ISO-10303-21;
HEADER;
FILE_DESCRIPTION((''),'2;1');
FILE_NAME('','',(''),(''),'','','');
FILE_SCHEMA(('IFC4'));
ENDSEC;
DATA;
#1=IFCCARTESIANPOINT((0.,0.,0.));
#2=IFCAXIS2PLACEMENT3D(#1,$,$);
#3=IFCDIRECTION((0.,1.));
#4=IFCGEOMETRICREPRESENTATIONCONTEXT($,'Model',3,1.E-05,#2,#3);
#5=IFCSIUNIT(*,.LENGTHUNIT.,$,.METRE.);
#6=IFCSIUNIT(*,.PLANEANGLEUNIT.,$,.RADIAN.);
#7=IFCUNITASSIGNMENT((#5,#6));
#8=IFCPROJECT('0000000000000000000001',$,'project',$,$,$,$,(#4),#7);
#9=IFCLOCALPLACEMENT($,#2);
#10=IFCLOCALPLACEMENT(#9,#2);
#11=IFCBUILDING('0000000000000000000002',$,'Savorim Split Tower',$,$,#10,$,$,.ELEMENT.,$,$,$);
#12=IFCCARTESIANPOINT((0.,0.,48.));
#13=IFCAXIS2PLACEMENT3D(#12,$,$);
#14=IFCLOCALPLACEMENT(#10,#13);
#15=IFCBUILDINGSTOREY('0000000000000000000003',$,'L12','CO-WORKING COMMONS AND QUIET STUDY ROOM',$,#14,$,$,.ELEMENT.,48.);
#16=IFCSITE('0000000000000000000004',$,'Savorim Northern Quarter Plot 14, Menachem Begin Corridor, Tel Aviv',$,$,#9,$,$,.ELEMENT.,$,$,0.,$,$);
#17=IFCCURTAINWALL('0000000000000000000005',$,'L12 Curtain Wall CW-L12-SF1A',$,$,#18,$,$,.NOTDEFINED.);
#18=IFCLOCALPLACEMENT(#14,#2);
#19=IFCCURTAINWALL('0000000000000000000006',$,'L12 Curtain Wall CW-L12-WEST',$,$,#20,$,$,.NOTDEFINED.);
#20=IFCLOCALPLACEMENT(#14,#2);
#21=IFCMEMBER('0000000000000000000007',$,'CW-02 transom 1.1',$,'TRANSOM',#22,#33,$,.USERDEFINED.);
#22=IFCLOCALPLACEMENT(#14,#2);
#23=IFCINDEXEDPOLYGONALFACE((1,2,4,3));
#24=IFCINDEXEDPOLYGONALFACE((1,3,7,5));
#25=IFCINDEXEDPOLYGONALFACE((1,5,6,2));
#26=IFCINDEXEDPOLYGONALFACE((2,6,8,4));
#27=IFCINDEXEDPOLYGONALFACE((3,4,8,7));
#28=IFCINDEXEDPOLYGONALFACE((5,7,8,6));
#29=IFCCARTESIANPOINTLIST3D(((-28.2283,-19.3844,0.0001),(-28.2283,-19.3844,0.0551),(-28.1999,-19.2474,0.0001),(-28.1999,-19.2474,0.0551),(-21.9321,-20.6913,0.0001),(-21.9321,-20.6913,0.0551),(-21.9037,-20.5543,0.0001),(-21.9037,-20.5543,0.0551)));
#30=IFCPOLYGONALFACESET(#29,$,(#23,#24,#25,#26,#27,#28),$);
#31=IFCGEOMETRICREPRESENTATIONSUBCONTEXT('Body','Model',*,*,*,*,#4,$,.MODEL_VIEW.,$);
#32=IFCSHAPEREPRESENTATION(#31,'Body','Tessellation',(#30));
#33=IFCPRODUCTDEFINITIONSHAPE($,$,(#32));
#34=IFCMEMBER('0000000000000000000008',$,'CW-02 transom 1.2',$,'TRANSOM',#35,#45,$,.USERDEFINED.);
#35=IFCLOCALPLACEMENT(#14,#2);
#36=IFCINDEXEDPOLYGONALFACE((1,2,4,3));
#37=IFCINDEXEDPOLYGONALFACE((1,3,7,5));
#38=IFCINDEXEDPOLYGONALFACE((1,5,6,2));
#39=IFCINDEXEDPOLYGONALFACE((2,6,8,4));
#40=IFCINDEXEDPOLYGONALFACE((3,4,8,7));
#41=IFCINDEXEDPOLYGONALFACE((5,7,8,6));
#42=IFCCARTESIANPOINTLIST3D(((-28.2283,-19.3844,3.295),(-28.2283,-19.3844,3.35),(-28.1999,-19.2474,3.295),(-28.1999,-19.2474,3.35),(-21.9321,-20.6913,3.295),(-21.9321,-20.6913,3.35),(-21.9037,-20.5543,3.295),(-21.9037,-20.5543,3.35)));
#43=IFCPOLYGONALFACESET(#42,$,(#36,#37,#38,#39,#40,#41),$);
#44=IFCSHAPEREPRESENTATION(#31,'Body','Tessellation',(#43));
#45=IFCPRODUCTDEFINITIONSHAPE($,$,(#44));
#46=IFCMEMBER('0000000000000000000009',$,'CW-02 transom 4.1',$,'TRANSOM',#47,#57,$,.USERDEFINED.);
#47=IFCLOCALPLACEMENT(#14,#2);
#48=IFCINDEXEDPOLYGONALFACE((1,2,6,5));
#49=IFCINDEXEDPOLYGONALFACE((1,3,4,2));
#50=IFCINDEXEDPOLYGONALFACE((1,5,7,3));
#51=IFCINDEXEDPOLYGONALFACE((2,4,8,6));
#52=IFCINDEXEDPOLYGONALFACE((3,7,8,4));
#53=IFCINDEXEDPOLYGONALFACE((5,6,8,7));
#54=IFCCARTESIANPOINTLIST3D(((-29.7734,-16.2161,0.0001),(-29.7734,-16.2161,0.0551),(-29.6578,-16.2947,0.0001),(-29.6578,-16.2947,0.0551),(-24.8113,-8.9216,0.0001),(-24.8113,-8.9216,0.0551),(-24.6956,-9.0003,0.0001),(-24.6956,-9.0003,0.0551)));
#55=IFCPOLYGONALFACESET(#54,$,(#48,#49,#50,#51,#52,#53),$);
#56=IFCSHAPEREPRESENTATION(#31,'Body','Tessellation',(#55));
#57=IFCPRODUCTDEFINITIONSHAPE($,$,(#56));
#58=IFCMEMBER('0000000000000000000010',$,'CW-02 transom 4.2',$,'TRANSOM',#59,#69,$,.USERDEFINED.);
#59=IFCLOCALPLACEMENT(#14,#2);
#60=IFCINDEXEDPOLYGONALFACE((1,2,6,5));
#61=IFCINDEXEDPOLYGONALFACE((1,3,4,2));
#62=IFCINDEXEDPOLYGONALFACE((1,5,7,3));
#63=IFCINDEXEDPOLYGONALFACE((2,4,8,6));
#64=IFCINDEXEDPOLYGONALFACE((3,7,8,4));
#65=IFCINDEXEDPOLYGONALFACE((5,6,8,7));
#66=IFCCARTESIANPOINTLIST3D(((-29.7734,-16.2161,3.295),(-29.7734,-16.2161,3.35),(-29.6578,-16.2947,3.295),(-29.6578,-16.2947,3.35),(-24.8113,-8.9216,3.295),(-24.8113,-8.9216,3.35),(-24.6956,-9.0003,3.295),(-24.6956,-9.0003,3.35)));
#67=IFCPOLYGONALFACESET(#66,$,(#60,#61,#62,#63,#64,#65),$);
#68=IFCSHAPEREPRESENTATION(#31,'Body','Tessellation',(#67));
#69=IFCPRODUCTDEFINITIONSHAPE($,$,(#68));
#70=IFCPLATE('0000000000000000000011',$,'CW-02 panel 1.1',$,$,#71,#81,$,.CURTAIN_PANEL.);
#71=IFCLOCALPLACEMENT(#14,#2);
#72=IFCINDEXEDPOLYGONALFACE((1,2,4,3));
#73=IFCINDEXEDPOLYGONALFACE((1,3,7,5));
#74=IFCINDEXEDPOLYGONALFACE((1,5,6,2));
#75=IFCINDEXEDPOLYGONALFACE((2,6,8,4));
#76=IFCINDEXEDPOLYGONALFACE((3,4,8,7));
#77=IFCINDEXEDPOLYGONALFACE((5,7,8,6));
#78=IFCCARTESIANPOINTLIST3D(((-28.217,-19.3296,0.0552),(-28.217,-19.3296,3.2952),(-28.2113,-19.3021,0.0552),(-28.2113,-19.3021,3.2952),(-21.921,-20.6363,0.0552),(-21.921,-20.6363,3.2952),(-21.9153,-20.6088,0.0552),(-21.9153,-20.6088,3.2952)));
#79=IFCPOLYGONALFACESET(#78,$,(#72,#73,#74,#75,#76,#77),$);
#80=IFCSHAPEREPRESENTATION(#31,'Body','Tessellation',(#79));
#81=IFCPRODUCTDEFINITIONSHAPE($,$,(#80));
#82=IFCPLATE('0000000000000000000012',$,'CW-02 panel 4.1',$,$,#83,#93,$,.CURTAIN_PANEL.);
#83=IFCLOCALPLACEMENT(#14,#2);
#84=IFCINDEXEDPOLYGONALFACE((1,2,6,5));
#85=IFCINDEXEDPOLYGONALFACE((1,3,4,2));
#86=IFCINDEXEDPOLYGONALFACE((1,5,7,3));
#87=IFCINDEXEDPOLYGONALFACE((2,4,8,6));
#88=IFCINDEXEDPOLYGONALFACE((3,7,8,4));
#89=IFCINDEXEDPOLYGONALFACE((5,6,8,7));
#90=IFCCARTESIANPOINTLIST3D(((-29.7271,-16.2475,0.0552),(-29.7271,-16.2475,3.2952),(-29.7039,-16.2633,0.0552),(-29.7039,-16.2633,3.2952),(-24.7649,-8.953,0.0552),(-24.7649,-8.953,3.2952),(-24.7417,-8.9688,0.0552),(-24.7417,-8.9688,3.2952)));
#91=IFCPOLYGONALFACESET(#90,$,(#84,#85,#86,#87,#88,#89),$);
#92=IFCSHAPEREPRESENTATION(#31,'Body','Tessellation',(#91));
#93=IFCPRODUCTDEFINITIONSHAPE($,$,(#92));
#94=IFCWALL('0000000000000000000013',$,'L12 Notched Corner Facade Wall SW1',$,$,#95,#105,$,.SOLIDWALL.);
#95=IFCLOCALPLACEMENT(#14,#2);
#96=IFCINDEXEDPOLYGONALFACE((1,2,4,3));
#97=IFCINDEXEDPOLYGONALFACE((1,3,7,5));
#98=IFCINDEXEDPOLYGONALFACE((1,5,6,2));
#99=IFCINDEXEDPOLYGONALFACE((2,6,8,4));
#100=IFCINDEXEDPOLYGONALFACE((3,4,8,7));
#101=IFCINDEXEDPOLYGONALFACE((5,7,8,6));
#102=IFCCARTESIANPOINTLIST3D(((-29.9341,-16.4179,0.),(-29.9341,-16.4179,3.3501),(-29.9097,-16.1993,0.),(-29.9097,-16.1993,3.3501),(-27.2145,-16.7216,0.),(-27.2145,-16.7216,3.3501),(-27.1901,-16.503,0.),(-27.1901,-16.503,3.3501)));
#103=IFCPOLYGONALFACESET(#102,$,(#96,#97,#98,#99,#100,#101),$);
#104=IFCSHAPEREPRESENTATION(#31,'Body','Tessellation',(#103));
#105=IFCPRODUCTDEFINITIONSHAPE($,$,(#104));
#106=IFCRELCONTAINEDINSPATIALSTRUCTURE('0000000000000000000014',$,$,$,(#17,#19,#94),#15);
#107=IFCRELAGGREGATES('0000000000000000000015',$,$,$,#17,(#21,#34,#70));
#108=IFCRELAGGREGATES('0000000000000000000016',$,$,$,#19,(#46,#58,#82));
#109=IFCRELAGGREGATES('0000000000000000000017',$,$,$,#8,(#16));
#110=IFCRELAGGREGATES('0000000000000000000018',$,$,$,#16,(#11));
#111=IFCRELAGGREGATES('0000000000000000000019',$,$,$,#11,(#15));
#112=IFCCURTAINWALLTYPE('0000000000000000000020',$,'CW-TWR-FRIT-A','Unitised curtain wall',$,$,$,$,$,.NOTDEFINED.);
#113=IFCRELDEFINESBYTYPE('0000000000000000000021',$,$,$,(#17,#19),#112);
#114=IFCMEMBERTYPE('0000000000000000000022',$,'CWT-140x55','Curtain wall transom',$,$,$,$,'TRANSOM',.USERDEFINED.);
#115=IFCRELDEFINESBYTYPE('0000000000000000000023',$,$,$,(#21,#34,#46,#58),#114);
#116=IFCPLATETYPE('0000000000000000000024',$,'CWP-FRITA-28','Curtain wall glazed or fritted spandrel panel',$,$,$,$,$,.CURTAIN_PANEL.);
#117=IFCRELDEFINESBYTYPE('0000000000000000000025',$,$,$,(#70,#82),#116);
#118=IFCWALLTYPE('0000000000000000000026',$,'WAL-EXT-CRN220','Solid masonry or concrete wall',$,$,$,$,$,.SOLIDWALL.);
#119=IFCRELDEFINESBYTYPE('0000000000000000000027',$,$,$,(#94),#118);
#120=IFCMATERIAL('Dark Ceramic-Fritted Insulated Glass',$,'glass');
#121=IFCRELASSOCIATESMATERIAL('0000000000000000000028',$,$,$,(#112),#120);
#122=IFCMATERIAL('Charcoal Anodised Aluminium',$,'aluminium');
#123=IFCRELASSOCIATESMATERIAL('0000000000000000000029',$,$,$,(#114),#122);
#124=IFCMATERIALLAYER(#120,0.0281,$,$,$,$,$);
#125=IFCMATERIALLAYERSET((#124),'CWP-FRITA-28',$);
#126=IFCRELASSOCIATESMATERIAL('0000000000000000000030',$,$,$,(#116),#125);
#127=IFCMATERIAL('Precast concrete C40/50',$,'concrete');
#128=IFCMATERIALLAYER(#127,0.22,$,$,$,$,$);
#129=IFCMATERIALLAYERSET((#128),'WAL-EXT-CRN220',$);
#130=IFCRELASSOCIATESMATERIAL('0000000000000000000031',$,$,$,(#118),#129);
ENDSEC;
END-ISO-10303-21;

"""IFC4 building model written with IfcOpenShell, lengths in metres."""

from ifc_helpers import new_model, si_unit, direction, frame, frame_2d, origin, origin_2d, place, context, subcontext, project, spatial, rectangle, extrude, material, layer, layer_set, material_profile, profile_set, type_object, element, aggregate, save


model = new_model("IFC4")

# Units and contexts
model_context = context("Model", 3, precision=1e-05, world=origin(), true_north=direction((0.0, 1.0)))
body_context = subcontext(model_context, "Body", "Model", "MODEL_VIEW")
ifc_project = project(units=[si_unit("LENGTHUNIT", "METRE"), si_unit("PLANEANGLEUNIT", "RADIAN")], contexts=[model_context])

# Site, building, storey
site_placement = place(None, origin())
site = spatial("IfcSite", under=ifc_project, at=site_placement, Name="Savorim Northern Quarter Plot 14, Menachem Begin Corridor, Tel Aviv", CompositionType="ELEMENT", RefElevation=0.0)
building_placement = place(site_placement, origin())
building = spatial("IfcBuilding", under=site, at=building_placement, Name="Savorim Split Tower", CompositionType="ELEMENT")
storey_placement = place(building_placement, frame((0.0, 0.0, 48.0)))
storey = spatial("IfcBuildingStorey", under=building, at=storey_placement, Name="L12", Description="CO-WORKING COMMONS AND QUIET STUDY ROOM", CompositionType="ELEMENT", Elevation=48.0)

# Curtain wall
ifc_material_1 = material(Name="Dark Ceramic-Fritted Insulated Glass", Category="glass")
curtain_wall_type = type_object("IfcCurtainWallType", Name="CW-TWR-FRIT-A", Description="Unitised curtain wall", PredefinedType="NOTDEFINED", material=ifc_material_1)
curtain_wall_1_placement = place(storey_placement, origin())
curtain_wall_1 = element("IfcCurtainWall", 1, at=curtain_wall_1_placement, inside=storey, type_object=curtain_wall_type, Name="L12 Curtain Wall CW-L12-SF1A", PredefinedType="NOTDEFINED")
ifc_material_2 = material(Name="Charcoal Anodised Aluminium", Category="aluminium")

# Curtain wall
curtain_wall_2_placement = place(storey_placement, origin())
curtain_wall_2 = element("IfcCurtainWall", 2, at=curtain_wall_2_placement, inside=storey, type_object=curtain_wall_type, Name="L12 Curtain Wall CW-L12-WEST", PredefinedType="NOTDEFINED")

# Members
ifc_material_profile_1 = material_profile(ifc_material_2, rectangle(XDim=0.1399, YDim=0.0549, at=origin_2d()), Name="ALU-T 140x55")
ifc_profile_set_1 = profile_set([ifc_material_profile_1], Name="Charcoal Anodised Aluminium")
member_type_1 = type_object("IfcMemberType", Name="CWT-140x55", Description="Curtain wall transom", ElementType="TRANSOM", PredefinedType="USERDEFINED", material=ifc_profile_set_1)
member_1_placement = place(storey_placement, frame((-28.2141, -19.3159, 0.0276), z_axis=(0.97913, -0.203237, 0.0), x_axis=(0.203237, 0.97913, 0.0)))
member_1 = element("IfcMember", 3, at=member_1_placement, type_object=member_type_1, Name="CW-02 transom 1.1", ObjectType="TRANSOM", PredefinedType="USERDEFINED", context=body_context, shape_type="SweptSolid", body=[
    extrude(rectangle(XDim=0.1399, YDim=0.0549, at=origin_2d()), origin(), (0.0, 0.0, 1.0), 6.4304),
])
member_2_placement = place(storey_placement, frame((-28.2141, -19.3159, 3.3225), z_axis=(0.97913, -0.203237, 0.0), x_axis=(0.203237, 0.97913, 0.0)))
member_2 = element("IfcMember", 4, at=member_2_placement, type_object=member_type_1, Name="CW-02 transom 1.2", ObjectType="TRANSOM", PredefinedType="USERDEFINED", context=body_context, shape_type="SweptSolid", body=[
    extrude(rectangle(XDim=0.1399, YDim=0.0549, at=origin_2d()), origin(), (0.0, 0.0, 1.0), 6.4304),
])
member_3_placement = place(storey_placement, frame((-24.7534, -8.9609, 0.0276), z_axis=(-0.562461, -0.826824, 0.0), x_axis=(0.826824, -0.562461, 0.0)))
member_3 = element("IfcMember", 5, at=member_3_placement, type_object=member_type_1, Name="CW-02 transom 4.1", ObjectType="TRANSOM", PredefinedType="USERDEFINED", context=body_context, shape_type="SweptSolid", body=[
    extrude(rectangle(XDim=0.1399, YDim=0.0549, at=origin_2d()), origin(), (0.0, 0.0, 1.0), 8.8223),
])
member_4_placement = place(storey_placement, frame((-24.7534, -8.9609, 3.3225), z_axis=(-0.562461, -0.826824, 0.0), x_axis=(0.826824, -0.562461, 0.0)))
member_4 = element("IfcMember", 6, at=member_4_placement, type_object=member_type_1, Name="CW-02 transom 4.2", ObjectType="TRANSOM", PredefinedType="USERDEFINED", context=body_context, shape_type="SweptSolid", body=[
    extrude(rectangle(XDim=0.1399, YDim=0.0549, at=origin_2d()), origin(), (0.0, 0.0, 1.0), 8.8223),
])

# Plates
ifc_layer_1 = layer(ifc_material_1, 0.0281)
ifc_layer_set_1 = layer_set([ifc_layer_1], Name="CWP-FRITA-28")
plate_type = type_object("IfcPlateType", Name="CWP-FRITA-28", Description="Curtain wall glazed or fritted spandrel panel", PredefinedType="CURTAIN_PANEL", material=ifc_layer_set_1)
plate_1_placement = place(storey_placement, frame((-25.0662, -19.9692, 0.0552), z_axis=(0.0, 0.0, 1.0), x_axis=(0.979135, -0.203212, 0.0)))
plate_1 = element("IfcPlate", 7, at=plate_1_placement, type_object=plate_type, Name="CW-02 panel 1.1", PredefinedType="CURTAIN_PANEL", context=body_context, shape_type="SweptSolid", body=[
    extrude(rectangle(XDim=6.4302, YDim=0.0281, at=origin_2d()), origin(), (0.0, 0.0, 1.0), 3.24),
])
aggregate(curtain_wall_1, [member_1, member_2, plate_1])
plate_2_placement = place(storey_placement, frame((-27.2344, -12.6082, 0.0552), z_axis=(0.0, 0.0, 1.0), x_axis=(-0.562465, -0.826821, 0.0)))
plate_2 = element("IfcPlate", 8, at=plate_2_placement, type_object=plate_type, Name="CW-02 panel 4.1", PredefinedType="CURTAIN_PANEL", context=body_context, shape_type="SweptSolid", body=[
    extrude(rectangle(XDim=8.8223, YDim=0.0281, at=origin_2d()), origin(), (0.0, 0.0, 1.0), 3.24),
])
aggregate(curtain_wall_2, [member_3, member_4, plate_2])

# Wall
ifc_material_3 = material(Name="Precast concrete C40/50", Category="concrete")
ifc_layer_2 = layer(ifc_material_3, 0.22)
ifc_layer_set_2 = layer_set([ifc_layer_2], Name="WAL-EXT-CRN220")
wall_type = type_object("IfcWallType", Name="WAL-EXT-CRN220", Description="Solid masonry or concrete wall", PredefinedType="SOLIDWALL", material=ifc_layer_set_2)
wall_1_placement = place(storey_placement, frame((-27.2024, -16.6123, 0.0), z_axis=(0.0, 0.0, 1.0), x_axis=(-0.993823, 0.11098, 0.0)))
element("IfcWall", 9, at=wall_1_placement, inside=storey, type_object=wall_type, Name="L12 Notched Corner Facade Wall SW1", PredefinedType="SOLIDWALL", context=body_context, shape_type="SweptSolid", body=[
    extrude(rectangle(XDim=2.7366, YDim=0.22, at=frame_2d((1.3682, 0.0))), origin(), (0.0, 0.0, 1.0), 3.3501),
])

save(model, "model.ifc")
